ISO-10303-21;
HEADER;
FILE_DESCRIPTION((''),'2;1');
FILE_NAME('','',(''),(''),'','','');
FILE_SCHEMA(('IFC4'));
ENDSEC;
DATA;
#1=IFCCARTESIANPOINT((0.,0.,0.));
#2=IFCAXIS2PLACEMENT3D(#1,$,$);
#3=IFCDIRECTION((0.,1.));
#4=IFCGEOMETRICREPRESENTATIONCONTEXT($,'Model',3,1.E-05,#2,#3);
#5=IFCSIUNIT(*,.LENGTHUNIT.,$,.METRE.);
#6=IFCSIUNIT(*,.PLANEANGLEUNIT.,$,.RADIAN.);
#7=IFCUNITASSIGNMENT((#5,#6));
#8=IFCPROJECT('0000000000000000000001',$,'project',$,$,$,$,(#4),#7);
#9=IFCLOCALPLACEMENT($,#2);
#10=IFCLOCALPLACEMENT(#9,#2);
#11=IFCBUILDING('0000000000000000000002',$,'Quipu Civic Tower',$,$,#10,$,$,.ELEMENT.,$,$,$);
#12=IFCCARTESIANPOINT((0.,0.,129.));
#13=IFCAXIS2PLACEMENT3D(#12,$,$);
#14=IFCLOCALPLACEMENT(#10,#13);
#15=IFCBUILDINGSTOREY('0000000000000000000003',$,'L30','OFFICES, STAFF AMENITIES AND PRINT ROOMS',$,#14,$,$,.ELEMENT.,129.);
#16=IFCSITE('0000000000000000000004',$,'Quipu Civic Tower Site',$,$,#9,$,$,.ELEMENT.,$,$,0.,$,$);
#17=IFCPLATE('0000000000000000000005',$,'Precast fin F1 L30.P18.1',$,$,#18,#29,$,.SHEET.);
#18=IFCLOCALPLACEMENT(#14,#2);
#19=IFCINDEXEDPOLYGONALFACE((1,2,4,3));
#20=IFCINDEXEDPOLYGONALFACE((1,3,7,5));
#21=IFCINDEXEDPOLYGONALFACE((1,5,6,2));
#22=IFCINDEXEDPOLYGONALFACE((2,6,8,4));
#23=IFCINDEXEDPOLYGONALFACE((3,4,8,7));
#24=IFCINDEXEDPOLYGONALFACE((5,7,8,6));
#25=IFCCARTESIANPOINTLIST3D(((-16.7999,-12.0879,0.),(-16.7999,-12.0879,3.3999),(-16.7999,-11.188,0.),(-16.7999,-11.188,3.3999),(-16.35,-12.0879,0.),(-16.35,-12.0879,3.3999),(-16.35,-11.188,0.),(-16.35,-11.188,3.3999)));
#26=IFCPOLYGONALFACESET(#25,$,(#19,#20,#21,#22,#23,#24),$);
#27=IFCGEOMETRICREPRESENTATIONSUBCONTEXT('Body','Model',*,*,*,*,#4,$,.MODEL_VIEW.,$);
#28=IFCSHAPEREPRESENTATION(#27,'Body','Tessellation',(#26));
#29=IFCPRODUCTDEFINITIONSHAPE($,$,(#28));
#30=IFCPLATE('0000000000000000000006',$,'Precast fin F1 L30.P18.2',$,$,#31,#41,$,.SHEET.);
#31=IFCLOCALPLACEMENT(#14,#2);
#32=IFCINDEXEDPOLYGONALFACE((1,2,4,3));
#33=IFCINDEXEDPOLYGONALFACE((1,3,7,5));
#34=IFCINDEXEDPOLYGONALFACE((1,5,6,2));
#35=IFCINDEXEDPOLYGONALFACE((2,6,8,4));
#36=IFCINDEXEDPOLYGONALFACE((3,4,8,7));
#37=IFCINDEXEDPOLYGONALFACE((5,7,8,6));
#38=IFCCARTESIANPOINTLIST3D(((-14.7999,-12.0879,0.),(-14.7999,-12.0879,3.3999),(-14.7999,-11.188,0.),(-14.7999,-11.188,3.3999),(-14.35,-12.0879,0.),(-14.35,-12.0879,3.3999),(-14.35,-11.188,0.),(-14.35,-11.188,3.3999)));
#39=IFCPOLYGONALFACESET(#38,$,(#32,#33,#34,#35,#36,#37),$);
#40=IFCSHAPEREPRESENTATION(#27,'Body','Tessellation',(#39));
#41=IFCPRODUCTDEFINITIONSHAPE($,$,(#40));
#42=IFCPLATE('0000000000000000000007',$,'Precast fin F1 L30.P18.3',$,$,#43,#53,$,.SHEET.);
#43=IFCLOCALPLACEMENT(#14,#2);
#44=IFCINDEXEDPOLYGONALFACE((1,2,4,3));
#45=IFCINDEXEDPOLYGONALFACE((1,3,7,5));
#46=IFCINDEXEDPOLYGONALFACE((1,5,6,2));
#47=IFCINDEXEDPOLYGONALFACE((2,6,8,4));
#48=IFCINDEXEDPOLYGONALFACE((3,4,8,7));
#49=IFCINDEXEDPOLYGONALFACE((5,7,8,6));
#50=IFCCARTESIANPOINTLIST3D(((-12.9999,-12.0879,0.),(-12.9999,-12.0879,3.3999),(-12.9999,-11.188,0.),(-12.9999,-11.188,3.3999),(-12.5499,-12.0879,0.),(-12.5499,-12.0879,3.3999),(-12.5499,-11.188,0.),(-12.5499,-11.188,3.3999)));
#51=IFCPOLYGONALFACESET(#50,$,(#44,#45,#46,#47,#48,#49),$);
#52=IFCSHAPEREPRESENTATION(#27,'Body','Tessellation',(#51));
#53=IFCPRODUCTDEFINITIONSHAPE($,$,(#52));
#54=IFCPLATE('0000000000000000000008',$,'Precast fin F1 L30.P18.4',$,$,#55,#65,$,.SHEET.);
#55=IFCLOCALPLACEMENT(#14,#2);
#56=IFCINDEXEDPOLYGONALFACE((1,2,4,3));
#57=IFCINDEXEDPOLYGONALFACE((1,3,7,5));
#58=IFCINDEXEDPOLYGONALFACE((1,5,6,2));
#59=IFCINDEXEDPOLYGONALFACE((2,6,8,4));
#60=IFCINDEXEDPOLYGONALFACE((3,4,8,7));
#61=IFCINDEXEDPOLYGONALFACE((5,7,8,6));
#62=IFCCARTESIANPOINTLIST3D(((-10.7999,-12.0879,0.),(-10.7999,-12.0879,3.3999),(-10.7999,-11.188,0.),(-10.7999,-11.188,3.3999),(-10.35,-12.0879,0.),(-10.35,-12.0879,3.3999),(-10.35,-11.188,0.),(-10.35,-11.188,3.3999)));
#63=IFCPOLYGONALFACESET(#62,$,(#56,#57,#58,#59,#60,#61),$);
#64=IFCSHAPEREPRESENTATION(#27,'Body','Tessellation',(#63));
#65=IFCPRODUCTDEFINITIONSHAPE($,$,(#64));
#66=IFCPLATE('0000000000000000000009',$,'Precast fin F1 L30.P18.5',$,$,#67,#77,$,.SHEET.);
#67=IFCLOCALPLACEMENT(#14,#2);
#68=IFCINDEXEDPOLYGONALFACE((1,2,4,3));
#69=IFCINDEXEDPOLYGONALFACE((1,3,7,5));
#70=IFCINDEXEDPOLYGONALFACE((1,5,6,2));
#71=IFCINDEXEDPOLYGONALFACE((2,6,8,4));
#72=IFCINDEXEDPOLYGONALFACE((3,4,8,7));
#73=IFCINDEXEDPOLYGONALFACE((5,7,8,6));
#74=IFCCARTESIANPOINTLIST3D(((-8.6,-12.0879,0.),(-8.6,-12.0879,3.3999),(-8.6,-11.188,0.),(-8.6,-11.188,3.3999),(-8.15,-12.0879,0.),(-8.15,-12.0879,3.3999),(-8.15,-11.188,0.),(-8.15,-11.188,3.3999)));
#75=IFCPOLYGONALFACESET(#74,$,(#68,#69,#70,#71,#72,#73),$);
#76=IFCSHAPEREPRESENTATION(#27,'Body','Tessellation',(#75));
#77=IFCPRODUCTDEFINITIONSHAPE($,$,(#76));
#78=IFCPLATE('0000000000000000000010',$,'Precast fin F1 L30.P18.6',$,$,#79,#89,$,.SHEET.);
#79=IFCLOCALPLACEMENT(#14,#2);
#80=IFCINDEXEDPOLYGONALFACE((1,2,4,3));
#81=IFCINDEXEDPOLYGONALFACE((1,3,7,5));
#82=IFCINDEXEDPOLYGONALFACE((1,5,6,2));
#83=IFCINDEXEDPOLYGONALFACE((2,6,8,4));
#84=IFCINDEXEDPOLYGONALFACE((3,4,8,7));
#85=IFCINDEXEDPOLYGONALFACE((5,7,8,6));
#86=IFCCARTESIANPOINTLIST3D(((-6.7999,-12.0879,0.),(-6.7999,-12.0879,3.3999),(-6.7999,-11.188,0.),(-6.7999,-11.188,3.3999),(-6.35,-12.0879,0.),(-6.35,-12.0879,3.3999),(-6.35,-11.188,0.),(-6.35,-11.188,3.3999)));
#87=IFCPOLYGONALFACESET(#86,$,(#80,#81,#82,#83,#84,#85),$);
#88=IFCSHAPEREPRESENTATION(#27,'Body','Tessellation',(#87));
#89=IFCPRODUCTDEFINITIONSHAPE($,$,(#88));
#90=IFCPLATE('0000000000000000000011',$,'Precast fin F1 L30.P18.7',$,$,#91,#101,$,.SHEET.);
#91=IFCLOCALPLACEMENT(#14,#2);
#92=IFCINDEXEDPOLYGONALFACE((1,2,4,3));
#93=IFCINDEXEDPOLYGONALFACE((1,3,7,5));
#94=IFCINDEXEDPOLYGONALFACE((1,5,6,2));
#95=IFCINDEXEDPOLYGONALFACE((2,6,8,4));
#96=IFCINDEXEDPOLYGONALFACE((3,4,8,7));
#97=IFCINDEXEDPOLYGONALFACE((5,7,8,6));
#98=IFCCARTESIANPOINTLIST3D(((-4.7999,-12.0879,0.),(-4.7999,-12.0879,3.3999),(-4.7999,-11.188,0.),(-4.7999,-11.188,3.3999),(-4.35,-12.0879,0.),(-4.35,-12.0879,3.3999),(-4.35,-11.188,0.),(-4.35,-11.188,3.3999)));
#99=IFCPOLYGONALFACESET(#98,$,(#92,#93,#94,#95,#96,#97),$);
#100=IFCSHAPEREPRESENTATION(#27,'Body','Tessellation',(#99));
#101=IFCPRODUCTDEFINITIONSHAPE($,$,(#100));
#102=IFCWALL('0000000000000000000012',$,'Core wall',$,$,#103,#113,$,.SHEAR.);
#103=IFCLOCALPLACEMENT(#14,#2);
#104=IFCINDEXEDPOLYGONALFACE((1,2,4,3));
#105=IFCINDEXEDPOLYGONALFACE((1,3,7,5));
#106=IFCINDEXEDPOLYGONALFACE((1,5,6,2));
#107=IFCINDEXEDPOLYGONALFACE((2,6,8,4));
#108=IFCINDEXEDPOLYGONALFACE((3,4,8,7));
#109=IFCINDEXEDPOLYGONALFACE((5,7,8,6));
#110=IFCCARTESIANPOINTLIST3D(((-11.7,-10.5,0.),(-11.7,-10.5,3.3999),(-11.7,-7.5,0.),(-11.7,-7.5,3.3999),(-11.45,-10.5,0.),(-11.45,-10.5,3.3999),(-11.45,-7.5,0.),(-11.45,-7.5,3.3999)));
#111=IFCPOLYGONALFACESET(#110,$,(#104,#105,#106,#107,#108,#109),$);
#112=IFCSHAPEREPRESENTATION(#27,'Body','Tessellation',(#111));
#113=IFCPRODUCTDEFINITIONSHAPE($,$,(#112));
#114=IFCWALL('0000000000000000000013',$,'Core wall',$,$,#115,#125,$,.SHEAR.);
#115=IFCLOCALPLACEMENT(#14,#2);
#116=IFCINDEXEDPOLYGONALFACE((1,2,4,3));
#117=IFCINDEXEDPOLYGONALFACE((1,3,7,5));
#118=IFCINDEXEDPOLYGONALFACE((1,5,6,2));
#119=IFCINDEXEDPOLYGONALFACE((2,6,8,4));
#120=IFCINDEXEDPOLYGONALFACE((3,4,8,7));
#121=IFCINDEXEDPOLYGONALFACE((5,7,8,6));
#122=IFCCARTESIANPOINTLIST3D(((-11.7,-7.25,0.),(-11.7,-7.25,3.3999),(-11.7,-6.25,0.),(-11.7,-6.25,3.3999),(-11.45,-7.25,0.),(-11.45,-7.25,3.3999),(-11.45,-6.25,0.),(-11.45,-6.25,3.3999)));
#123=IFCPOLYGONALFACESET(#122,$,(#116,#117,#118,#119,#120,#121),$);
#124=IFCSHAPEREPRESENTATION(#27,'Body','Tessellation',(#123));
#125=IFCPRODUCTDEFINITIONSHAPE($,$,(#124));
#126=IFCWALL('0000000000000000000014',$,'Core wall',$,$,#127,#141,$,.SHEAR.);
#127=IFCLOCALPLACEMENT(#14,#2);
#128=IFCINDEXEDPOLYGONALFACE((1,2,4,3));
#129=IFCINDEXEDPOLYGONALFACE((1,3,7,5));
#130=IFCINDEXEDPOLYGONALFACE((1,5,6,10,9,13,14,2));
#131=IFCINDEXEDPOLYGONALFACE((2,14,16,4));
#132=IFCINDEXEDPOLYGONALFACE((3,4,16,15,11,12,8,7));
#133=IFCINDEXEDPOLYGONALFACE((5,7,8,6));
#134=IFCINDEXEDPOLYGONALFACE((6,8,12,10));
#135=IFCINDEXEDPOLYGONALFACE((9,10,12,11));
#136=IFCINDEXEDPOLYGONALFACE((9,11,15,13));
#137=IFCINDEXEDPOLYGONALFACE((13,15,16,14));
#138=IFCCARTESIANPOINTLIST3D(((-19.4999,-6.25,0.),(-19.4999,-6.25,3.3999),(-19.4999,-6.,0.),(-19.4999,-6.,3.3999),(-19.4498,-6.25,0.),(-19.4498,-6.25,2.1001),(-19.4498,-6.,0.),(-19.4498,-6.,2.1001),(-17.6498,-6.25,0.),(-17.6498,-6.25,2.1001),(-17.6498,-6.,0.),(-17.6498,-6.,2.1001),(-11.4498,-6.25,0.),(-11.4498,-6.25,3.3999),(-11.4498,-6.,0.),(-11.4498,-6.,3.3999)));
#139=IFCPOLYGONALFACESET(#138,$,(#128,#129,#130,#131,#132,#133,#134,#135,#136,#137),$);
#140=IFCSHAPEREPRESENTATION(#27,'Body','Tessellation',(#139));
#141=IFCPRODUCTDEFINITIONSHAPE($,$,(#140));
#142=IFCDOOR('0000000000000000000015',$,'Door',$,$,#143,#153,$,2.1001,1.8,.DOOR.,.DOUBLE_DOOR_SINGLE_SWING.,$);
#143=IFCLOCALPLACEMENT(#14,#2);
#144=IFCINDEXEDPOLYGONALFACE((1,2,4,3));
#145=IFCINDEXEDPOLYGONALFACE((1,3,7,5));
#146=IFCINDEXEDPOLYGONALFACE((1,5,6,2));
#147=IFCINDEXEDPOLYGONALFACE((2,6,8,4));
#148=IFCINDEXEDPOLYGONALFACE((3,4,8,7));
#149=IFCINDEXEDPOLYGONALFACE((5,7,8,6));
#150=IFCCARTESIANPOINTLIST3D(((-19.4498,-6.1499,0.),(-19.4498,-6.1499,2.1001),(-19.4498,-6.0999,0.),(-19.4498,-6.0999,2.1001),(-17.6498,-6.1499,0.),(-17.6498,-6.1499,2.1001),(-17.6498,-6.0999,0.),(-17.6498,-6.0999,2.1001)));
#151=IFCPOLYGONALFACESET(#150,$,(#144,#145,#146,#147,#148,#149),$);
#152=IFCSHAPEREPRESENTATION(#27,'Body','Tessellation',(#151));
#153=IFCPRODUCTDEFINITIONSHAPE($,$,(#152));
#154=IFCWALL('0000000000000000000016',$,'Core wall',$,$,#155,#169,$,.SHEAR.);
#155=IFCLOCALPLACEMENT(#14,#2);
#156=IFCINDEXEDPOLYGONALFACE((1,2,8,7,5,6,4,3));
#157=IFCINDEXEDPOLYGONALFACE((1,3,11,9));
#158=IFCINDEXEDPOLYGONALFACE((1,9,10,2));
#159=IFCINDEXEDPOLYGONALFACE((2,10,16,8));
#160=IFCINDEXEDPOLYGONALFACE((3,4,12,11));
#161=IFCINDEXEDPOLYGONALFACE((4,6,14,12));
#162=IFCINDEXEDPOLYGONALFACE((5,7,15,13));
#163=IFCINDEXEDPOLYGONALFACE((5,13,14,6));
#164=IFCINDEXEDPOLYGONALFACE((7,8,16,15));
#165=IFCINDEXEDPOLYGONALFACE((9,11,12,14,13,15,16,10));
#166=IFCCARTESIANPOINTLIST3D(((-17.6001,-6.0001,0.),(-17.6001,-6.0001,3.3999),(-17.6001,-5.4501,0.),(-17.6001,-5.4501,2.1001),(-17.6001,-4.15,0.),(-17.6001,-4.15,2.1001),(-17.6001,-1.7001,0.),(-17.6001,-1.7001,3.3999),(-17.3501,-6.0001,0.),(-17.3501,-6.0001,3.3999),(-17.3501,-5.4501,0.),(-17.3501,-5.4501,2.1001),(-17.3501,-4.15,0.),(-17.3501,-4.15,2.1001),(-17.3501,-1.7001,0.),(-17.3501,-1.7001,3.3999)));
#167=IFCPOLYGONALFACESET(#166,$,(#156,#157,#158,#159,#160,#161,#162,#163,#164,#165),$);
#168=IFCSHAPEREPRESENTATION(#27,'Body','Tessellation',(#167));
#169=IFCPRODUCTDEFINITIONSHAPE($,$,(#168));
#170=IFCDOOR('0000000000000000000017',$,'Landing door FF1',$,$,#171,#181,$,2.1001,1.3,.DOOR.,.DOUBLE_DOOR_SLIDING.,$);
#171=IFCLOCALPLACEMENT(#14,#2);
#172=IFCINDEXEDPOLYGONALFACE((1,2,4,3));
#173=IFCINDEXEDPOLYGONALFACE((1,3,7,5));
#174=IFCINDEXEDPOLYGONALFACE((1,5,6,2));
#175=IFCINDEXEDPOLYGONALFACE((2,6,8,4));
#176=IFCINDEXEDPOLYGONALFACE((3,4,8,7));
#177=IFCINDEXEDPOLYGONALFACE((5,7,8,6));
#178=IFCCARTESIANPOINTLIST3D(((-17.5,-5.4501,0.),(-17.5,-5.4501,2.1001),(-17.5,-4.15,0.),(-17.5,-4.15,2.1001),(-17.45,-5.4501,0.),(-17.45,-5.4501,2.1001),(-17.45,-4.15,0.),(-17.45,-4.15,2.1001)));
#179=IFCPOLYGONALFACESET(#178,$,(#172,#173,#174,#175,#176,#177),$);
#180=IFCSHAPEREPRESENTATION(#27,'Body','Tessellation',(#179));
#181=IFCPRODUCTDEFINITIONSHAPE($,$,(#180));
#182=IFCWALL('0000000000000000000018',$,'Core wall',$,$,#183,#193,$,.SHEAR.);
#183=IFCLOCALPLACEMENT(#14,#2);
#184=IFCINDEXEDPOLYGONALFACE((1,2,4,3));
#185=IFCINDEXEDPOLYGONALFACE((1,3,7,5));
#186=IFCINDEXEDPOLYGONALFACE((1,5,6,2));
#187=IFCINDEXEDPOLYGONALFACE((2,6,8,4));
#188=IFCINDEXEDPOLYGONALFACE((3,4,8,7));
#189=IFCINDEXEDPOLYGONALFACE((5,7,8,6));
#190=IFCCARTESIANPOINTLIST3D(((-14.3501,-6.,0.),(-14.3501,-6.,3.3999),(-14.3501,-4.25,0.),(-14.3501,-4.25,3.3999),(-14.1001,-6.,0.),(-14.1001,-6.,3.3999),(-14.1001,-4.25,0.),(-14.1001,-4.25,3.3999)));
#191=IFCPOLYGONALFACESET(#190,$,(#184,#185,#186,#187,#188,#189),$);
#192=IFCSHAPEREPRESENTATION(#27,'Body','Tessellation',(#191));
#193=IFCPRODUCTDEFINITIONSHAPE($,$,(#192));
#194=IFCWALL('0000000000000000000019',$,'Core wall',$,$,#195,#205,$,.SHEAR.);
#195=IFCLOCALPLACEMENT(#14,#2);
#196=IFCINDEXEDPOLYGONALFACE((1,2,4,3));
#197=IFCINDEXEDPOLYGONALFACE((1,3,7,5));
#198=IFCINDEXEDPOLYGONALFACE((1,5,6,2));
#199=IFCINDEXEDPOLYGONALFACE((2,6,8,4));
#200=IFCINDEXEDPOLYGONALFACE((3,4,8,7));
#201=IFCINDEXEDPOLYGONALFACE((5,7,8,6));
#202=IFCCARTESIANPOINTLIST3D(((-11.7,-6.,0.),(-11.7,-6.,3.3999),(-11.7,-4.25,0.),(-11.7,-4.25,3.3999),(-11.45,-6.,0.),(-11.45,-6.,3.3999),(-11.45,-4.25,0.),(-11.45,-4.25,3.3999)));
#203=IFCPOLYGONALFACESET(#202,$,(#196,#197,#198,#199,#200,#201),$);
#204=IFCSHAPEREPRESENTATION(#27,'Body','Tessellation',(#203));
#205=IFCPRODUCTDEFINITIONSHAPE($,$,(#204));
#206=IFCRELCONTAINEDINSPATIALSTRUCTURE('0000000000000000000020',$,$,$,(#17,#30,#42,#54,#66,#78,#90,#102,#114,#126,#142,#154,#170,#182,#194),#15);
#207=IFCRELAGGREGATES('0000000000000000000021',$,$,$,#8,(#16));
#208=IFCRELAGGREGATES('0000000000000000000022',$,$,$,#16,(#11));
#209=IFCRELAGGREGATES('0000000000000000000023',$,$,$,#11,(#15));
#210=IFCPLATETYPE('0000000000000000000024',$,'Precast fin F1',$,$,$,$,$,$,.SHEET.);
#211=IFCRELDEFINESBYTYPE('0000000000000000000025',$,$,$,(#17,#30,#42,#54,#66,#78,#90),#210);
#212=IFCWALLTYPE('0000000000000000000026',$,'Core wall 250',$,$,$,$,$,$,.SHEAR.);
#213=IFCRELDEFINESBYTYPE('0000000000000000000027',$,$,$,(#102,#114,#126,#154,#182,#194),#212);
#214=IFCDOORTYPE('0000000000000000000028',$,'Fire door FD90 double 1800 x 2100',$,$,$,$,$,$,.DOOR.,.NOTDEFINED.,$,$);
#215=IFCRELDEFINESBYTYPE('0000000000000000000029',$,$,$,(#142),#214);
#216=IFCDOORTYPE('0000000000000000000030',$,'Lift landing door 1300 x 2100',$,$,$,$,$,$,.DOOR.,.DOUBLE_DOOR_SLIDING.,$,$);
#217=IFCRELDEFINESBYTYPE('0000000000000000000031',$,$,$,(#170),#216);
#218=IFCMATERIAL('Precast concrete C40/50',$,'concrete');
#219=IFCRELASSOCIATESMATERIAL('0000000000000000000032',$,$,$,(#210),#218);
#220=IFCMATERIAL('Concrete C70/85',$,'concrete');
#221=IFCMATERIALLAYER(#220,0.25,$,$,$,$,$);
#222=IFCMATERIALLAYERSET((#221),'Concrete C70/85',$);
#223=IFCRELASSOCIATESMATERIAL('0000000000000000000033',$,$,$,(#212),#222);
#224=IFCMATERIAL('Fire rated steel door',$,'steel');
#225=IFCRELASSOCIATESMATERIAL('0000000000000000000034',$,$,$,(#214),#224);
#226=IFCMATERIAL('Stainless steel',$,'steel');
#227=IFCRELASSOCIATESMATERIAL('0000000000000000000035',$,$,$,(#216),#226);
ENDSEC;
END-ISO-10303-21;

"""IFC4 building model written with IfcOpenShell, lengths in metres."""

from ifc_helpers import new_model, si_unit, direction, frame, frame_2d, origin, origin_2d, place, context, subcontext, project, spatial, rectangle, extrude, material, layer, layer_set, type_object, element, fill, save


model = new_model("IFC4")

# Units and contexts
model_context = context("Model", 3, precision=1e-05, world=origin(), true_north=direction((0.0, 1.0)))
body_context = subcontext(model_context, "Body", "Model", "MODEL_VIEW")
ifc_project = project(units=[si_unit("LENGTHUNIT", "METRE"), si_unit("PLANEANGLEUNIT", "RADIAN")], contexts=[model_context])

# Site, building, storey
site_placement = place(None, origin())
site = spatial("IfcSite", under=ifc_project, at=site_placement, Name="Quipu Civic Tower Site", CompositionType="ELEMENT", RefElevation=0.0)
building_placement = place(site_placement, origin())
building = spatial("IfcBuilding", under=site, at=building_placement, Name="Quipu Civic Tower", CompositionType="ELEMENT")
storey_placement = place(building_placement, frame((0.0, 0.0, 129.0)))
storey = spatial("IfcBuildingStorey", under=building, at=storey_placement, Name="L30", Description="OFFICES, STAFF AMENITIES AND PRINT ROOMS", CompositionType="ELEMENT", Elevation=129.0)

# Plates
ifc_material_1 = material(Name="Precast concrete C40/50", Category="concrete")
plate_type = type_object("IfcPlateType", Name="Precast fin F1", PredefinedType="SHEET", material=ifc_material_1)
for number, where, z_axis, x_axis, name in (
    (1, (-16.575, -11.6379, 0.0), (0.0, 0.0, 1.0), (1.0, 0.0, 0.0), "Precast fin F1 L30.P18.1"),
    (2, (-14.575, -11.6379, 0.0), (0.0, 0.0, 1.0), (1.0, 0.0, 0.0), "Precast fin F1 L30.P18.2"),
    (3, (-12.7749, -11.6379, 0.0), (0.0, 0.0, 1.0), (1.0, 0.0, 0.0), "Precast fin F1 L30.P18.3"),
    (4, (-10.575, -11.6379, 0.0), (0.0, 0.0, 1.0), (1.0, 0.0, 0.0), "Precast fin F1 L30.P18.4"),
    (5, (-8.375, -11.6379, 0.0), (0.0, 0.0, 1.0), (1.0, 0.0, 0.0), "Precast fin F1 L30.P18.5"),
    (6, (-6.575, -11.6379, 0.0), (0.0, 0.0, 1.0), (1.0, 0.0, 0.0), "Precast fin F1 L30.P18.6"),
    (7, (-4.575, -11.6379, 0.0), (0.0, 0.0, 1.0), (1.0, 0.0, 0.0), "Precast fin F1 L30.P18.7"),
):
    element("IfcPlate", number, at=place(storey_placement, frame(where, z_axis=z_axis, x_axis=x_axis)), inside=storey, type_object=plate_type, Name=name, PredefinedType="SHEET", context=body_context, shape_type="SweptSolid", body=[
        extrude(rectangle(XDim=0.45, YDim=0.8999, at=origin_2d()), origin(), (0.0, 0.0, 1.0), 3.3999),
    ])

# Walls
ifc_material_2 = material(Name="Concrete C70/85", Category="concrete")
ifc_layer_1 = layer(ifc_material_2, 0.25)
ifc_layer_set_1 = layer_set([ifc_layer_1], Name="Concrete C70/85")
wall_type_1 = type_object("IfcWallType", Name="Core wall 250", PredefinedType="SHEAR", material=ifc_layer_set_1)
wall_1_placement = place(storey_placement, frame((-11.575, -10.5, 0.0), z_axis=(0.0, 0.0, 1.0), x_axis=(0.0, 1.0, 0.0)))
element("IfcWall", 8, at=wall_1_placement, inside=storey, type_object=wall_type_1, Name="Core wall", PredefinedType="SHEAR", context=body_context, shape_type="SweptSolid", body=[
    extrude(rectangle(XDim=3.0, YDim=0.25, at=frame_2d((1.5, 0.0))), origin(), (0.0, 0.0, 1.0), 3.3999),
])
wall_2_placement = place(storey_placement, frame((-11.575, -7.25, 0.0), z_axis=(0.0, 0.0, 1.0), x_axis=(0.0, 1.0, 0.0)))
element("IfcWall", 9, at=wall_2_placement, inside=storey, type_object=wall_type_1, Name="Core wall", PredefinedType="SHEAR", context=body_context, shape_type="SweptSolid", body=[
    extrude(rectangle(XDim=1.0, YDim=0.25, at=frame_2d((0.5, 0.0))), origin(), (0.0, 0.0, 1.0), 3.3999),
])

# Walls, openings, doors
wall_3_placement = place(storey_placement, frame((-11.45, -6.125, 0.0), z_axis=(0.0, 0.0, 1.0), x_axis=(-1.0, 0.0, 0.0)))
wall_3 = element("IfcWall", 10, at=wall_3_placement, inside=storey, type_object=wall_type_1, Name="Core wall", PredefinedType="SHEAR", context=body_context, shape_type="SweptSolid", body=[
    extrude(rectangle(XDim=8.05, YDim=0.25, at=frame_2d((4.0249, 0.0))), origin(), (0.0, 0.0, 1.0), 3.3999),
])
opening_1_placement = place(wall_3_placement, frame((6.2, 0.0, 0.0)))
opening_1 = element("IfcOpeningElement", 11, at=opening_1_placement, cuts=wall_3, PredefinedType="OPENING", context=body_context, shape_type="SweptSolid", body=[
    extrude(rectangle(XDim=1.8, YDim=2.1001, at=frame_2d((0.8999, 1.05))), frame((0.0, 0.135, 0.0), z_axis=(0.0, -1.0, 0.0), x_axis=(1.0, 0.0, 0.0)), (0.0, 0.0, 1.0), 0.27),
])
ifc_material_3 = material(Name="Fire rated steel door", Category="steel")
door_type_1 = type_object("IfcDoorType", Name="Fire door FD90 double 1800 x 2100", OperationType="NOTDEFINED", PredefinedType="DOOR", material=ifc_material_3)
door_1_placement = place(opening_1_placement, origin())
door_1 = element("IfcDoor", 12, at=door_1_placement, inside=storey, type_object=door_type_1, Name="Door", OperationType="DOUBLE_DOOR_SINGLE_SWING", OverallHeight=2.1001, OverallWidth=1.8, PredefinedType="DOOR", context=body_context, shape_type="SweptSolid", body=[
    extrude(rectangle(XDim=1.8, YDim=2.1001, at=frame_2d((0.8999, 1.05))), frame((0.0, 0.0249, 0.0), z_axis=(0.0, -1.0, 0.0), x_axis=(1.0, 0.0, 0.0)), (0.0, 0.0, 1.0), 0.05),
])
fill(opening_1, door_1)
wall_4_placement = place(storey_placement, frame((-17.4751, -6.0, 0.0), z_axis=(0.0, 0.0, 1.0), x_axis=(0.0, 1.0, 0.0)))
wall_4 = element("IfcWall", 13, at=wall_4_placement, inside=storey, type_object=wall_type_1, Name="Core wall", PredefinedType="SHEAR", context=body_context, shape_type="SweptSolid", body=[
    extrude(rectangle(XDim=4.3, YDim=0.25, at=frame_2d((2.1499, 0.0))), origin(), (0.0, 0.0, 1.0), 3.3999),
])
opening_2_placement = place(wall_4_placement, frame((0.55, 0.0, 0.0)))
opening_2 = element("IfcOpeningElement", 14, at=opening_2_placement, cuts=wall_4, PredefinedType="OPENING", context=body_context, shape_type="SweptSolid", body=[
    extrude(rectangle(XDim=1.3, YDim=2.1001, at=frame_2d((0.6499, 1.05))), frame((0.0, 0.135, 0.0), z_axis=(0.0, -1.0, 0.0), x_axis=(1.0, 0.0, 0.0)), (0.0, 0.0, 1.0), 0.27),
])
ifc_material_4 = material(Name="Stainless steel", Category="steel")
door_type_2 = type_object("IfcDoorType", Name="Lift landing door 1300 x 2100", OperationType="DOUBLE_DOOR_SLIDING", PredefinedType="DOOR", material=ifc_material_4)
door_2_placement = place(opening_2_placement, origin())
door_2 = element("IfcDoor", 15, at=door_2_placement, inside=storey, type_object=door_type_2, Name="Landing door FF1", OperationType="DOUBLE_DOOR_SLIDING", OverallHeight=2.1001, OverallWidth=1.3, PredefinedType="DOOR", context=body_context, shape_type="SweptSolid", body=[
    extrude(rectangle(XDim=1.3, YDim=2.1001, at=frame_2d((0.6499, 1.05))), frame((0.0, 0.0249, 0.0), z_axis=(0.0, -1.0, 0.0), x_axis=(1.0, 0.0, 0.0)), (0.0, 0.0, 1.0), 0.05),
])
fill(opening_2, door_2)

# Walls
for number, where, z_axis, x_axis, name in (
    (16, (-14.2251, -6.0, 0.0), (0.0, 0.0, 1.0), (0.0, 1.0, 0.0), "Core wall"),
    (17, (-11.575, -6.0, 0.0), (0.0, 0.0, 1.0), (0.0, 1.0, 0.0), "Core wall"),
):
    element("IfcWall", number, at=place(storey_placement, frame(where, z_axis=z_axis, x_axis=x_axis)), inside=storey, type_object=wall_type_1, Name=name, PredefinedType="SHEAR", context=body_context, shape_type="SweptSolid", body=[
        extrude(rectangle(XDim=1.75, YDim=0.25, at=frame_2d((0.875, 0.0))), origin(), (0.0, 0.0, 1.0), 3.3999),
    ])

save(model, "model.ifc")
